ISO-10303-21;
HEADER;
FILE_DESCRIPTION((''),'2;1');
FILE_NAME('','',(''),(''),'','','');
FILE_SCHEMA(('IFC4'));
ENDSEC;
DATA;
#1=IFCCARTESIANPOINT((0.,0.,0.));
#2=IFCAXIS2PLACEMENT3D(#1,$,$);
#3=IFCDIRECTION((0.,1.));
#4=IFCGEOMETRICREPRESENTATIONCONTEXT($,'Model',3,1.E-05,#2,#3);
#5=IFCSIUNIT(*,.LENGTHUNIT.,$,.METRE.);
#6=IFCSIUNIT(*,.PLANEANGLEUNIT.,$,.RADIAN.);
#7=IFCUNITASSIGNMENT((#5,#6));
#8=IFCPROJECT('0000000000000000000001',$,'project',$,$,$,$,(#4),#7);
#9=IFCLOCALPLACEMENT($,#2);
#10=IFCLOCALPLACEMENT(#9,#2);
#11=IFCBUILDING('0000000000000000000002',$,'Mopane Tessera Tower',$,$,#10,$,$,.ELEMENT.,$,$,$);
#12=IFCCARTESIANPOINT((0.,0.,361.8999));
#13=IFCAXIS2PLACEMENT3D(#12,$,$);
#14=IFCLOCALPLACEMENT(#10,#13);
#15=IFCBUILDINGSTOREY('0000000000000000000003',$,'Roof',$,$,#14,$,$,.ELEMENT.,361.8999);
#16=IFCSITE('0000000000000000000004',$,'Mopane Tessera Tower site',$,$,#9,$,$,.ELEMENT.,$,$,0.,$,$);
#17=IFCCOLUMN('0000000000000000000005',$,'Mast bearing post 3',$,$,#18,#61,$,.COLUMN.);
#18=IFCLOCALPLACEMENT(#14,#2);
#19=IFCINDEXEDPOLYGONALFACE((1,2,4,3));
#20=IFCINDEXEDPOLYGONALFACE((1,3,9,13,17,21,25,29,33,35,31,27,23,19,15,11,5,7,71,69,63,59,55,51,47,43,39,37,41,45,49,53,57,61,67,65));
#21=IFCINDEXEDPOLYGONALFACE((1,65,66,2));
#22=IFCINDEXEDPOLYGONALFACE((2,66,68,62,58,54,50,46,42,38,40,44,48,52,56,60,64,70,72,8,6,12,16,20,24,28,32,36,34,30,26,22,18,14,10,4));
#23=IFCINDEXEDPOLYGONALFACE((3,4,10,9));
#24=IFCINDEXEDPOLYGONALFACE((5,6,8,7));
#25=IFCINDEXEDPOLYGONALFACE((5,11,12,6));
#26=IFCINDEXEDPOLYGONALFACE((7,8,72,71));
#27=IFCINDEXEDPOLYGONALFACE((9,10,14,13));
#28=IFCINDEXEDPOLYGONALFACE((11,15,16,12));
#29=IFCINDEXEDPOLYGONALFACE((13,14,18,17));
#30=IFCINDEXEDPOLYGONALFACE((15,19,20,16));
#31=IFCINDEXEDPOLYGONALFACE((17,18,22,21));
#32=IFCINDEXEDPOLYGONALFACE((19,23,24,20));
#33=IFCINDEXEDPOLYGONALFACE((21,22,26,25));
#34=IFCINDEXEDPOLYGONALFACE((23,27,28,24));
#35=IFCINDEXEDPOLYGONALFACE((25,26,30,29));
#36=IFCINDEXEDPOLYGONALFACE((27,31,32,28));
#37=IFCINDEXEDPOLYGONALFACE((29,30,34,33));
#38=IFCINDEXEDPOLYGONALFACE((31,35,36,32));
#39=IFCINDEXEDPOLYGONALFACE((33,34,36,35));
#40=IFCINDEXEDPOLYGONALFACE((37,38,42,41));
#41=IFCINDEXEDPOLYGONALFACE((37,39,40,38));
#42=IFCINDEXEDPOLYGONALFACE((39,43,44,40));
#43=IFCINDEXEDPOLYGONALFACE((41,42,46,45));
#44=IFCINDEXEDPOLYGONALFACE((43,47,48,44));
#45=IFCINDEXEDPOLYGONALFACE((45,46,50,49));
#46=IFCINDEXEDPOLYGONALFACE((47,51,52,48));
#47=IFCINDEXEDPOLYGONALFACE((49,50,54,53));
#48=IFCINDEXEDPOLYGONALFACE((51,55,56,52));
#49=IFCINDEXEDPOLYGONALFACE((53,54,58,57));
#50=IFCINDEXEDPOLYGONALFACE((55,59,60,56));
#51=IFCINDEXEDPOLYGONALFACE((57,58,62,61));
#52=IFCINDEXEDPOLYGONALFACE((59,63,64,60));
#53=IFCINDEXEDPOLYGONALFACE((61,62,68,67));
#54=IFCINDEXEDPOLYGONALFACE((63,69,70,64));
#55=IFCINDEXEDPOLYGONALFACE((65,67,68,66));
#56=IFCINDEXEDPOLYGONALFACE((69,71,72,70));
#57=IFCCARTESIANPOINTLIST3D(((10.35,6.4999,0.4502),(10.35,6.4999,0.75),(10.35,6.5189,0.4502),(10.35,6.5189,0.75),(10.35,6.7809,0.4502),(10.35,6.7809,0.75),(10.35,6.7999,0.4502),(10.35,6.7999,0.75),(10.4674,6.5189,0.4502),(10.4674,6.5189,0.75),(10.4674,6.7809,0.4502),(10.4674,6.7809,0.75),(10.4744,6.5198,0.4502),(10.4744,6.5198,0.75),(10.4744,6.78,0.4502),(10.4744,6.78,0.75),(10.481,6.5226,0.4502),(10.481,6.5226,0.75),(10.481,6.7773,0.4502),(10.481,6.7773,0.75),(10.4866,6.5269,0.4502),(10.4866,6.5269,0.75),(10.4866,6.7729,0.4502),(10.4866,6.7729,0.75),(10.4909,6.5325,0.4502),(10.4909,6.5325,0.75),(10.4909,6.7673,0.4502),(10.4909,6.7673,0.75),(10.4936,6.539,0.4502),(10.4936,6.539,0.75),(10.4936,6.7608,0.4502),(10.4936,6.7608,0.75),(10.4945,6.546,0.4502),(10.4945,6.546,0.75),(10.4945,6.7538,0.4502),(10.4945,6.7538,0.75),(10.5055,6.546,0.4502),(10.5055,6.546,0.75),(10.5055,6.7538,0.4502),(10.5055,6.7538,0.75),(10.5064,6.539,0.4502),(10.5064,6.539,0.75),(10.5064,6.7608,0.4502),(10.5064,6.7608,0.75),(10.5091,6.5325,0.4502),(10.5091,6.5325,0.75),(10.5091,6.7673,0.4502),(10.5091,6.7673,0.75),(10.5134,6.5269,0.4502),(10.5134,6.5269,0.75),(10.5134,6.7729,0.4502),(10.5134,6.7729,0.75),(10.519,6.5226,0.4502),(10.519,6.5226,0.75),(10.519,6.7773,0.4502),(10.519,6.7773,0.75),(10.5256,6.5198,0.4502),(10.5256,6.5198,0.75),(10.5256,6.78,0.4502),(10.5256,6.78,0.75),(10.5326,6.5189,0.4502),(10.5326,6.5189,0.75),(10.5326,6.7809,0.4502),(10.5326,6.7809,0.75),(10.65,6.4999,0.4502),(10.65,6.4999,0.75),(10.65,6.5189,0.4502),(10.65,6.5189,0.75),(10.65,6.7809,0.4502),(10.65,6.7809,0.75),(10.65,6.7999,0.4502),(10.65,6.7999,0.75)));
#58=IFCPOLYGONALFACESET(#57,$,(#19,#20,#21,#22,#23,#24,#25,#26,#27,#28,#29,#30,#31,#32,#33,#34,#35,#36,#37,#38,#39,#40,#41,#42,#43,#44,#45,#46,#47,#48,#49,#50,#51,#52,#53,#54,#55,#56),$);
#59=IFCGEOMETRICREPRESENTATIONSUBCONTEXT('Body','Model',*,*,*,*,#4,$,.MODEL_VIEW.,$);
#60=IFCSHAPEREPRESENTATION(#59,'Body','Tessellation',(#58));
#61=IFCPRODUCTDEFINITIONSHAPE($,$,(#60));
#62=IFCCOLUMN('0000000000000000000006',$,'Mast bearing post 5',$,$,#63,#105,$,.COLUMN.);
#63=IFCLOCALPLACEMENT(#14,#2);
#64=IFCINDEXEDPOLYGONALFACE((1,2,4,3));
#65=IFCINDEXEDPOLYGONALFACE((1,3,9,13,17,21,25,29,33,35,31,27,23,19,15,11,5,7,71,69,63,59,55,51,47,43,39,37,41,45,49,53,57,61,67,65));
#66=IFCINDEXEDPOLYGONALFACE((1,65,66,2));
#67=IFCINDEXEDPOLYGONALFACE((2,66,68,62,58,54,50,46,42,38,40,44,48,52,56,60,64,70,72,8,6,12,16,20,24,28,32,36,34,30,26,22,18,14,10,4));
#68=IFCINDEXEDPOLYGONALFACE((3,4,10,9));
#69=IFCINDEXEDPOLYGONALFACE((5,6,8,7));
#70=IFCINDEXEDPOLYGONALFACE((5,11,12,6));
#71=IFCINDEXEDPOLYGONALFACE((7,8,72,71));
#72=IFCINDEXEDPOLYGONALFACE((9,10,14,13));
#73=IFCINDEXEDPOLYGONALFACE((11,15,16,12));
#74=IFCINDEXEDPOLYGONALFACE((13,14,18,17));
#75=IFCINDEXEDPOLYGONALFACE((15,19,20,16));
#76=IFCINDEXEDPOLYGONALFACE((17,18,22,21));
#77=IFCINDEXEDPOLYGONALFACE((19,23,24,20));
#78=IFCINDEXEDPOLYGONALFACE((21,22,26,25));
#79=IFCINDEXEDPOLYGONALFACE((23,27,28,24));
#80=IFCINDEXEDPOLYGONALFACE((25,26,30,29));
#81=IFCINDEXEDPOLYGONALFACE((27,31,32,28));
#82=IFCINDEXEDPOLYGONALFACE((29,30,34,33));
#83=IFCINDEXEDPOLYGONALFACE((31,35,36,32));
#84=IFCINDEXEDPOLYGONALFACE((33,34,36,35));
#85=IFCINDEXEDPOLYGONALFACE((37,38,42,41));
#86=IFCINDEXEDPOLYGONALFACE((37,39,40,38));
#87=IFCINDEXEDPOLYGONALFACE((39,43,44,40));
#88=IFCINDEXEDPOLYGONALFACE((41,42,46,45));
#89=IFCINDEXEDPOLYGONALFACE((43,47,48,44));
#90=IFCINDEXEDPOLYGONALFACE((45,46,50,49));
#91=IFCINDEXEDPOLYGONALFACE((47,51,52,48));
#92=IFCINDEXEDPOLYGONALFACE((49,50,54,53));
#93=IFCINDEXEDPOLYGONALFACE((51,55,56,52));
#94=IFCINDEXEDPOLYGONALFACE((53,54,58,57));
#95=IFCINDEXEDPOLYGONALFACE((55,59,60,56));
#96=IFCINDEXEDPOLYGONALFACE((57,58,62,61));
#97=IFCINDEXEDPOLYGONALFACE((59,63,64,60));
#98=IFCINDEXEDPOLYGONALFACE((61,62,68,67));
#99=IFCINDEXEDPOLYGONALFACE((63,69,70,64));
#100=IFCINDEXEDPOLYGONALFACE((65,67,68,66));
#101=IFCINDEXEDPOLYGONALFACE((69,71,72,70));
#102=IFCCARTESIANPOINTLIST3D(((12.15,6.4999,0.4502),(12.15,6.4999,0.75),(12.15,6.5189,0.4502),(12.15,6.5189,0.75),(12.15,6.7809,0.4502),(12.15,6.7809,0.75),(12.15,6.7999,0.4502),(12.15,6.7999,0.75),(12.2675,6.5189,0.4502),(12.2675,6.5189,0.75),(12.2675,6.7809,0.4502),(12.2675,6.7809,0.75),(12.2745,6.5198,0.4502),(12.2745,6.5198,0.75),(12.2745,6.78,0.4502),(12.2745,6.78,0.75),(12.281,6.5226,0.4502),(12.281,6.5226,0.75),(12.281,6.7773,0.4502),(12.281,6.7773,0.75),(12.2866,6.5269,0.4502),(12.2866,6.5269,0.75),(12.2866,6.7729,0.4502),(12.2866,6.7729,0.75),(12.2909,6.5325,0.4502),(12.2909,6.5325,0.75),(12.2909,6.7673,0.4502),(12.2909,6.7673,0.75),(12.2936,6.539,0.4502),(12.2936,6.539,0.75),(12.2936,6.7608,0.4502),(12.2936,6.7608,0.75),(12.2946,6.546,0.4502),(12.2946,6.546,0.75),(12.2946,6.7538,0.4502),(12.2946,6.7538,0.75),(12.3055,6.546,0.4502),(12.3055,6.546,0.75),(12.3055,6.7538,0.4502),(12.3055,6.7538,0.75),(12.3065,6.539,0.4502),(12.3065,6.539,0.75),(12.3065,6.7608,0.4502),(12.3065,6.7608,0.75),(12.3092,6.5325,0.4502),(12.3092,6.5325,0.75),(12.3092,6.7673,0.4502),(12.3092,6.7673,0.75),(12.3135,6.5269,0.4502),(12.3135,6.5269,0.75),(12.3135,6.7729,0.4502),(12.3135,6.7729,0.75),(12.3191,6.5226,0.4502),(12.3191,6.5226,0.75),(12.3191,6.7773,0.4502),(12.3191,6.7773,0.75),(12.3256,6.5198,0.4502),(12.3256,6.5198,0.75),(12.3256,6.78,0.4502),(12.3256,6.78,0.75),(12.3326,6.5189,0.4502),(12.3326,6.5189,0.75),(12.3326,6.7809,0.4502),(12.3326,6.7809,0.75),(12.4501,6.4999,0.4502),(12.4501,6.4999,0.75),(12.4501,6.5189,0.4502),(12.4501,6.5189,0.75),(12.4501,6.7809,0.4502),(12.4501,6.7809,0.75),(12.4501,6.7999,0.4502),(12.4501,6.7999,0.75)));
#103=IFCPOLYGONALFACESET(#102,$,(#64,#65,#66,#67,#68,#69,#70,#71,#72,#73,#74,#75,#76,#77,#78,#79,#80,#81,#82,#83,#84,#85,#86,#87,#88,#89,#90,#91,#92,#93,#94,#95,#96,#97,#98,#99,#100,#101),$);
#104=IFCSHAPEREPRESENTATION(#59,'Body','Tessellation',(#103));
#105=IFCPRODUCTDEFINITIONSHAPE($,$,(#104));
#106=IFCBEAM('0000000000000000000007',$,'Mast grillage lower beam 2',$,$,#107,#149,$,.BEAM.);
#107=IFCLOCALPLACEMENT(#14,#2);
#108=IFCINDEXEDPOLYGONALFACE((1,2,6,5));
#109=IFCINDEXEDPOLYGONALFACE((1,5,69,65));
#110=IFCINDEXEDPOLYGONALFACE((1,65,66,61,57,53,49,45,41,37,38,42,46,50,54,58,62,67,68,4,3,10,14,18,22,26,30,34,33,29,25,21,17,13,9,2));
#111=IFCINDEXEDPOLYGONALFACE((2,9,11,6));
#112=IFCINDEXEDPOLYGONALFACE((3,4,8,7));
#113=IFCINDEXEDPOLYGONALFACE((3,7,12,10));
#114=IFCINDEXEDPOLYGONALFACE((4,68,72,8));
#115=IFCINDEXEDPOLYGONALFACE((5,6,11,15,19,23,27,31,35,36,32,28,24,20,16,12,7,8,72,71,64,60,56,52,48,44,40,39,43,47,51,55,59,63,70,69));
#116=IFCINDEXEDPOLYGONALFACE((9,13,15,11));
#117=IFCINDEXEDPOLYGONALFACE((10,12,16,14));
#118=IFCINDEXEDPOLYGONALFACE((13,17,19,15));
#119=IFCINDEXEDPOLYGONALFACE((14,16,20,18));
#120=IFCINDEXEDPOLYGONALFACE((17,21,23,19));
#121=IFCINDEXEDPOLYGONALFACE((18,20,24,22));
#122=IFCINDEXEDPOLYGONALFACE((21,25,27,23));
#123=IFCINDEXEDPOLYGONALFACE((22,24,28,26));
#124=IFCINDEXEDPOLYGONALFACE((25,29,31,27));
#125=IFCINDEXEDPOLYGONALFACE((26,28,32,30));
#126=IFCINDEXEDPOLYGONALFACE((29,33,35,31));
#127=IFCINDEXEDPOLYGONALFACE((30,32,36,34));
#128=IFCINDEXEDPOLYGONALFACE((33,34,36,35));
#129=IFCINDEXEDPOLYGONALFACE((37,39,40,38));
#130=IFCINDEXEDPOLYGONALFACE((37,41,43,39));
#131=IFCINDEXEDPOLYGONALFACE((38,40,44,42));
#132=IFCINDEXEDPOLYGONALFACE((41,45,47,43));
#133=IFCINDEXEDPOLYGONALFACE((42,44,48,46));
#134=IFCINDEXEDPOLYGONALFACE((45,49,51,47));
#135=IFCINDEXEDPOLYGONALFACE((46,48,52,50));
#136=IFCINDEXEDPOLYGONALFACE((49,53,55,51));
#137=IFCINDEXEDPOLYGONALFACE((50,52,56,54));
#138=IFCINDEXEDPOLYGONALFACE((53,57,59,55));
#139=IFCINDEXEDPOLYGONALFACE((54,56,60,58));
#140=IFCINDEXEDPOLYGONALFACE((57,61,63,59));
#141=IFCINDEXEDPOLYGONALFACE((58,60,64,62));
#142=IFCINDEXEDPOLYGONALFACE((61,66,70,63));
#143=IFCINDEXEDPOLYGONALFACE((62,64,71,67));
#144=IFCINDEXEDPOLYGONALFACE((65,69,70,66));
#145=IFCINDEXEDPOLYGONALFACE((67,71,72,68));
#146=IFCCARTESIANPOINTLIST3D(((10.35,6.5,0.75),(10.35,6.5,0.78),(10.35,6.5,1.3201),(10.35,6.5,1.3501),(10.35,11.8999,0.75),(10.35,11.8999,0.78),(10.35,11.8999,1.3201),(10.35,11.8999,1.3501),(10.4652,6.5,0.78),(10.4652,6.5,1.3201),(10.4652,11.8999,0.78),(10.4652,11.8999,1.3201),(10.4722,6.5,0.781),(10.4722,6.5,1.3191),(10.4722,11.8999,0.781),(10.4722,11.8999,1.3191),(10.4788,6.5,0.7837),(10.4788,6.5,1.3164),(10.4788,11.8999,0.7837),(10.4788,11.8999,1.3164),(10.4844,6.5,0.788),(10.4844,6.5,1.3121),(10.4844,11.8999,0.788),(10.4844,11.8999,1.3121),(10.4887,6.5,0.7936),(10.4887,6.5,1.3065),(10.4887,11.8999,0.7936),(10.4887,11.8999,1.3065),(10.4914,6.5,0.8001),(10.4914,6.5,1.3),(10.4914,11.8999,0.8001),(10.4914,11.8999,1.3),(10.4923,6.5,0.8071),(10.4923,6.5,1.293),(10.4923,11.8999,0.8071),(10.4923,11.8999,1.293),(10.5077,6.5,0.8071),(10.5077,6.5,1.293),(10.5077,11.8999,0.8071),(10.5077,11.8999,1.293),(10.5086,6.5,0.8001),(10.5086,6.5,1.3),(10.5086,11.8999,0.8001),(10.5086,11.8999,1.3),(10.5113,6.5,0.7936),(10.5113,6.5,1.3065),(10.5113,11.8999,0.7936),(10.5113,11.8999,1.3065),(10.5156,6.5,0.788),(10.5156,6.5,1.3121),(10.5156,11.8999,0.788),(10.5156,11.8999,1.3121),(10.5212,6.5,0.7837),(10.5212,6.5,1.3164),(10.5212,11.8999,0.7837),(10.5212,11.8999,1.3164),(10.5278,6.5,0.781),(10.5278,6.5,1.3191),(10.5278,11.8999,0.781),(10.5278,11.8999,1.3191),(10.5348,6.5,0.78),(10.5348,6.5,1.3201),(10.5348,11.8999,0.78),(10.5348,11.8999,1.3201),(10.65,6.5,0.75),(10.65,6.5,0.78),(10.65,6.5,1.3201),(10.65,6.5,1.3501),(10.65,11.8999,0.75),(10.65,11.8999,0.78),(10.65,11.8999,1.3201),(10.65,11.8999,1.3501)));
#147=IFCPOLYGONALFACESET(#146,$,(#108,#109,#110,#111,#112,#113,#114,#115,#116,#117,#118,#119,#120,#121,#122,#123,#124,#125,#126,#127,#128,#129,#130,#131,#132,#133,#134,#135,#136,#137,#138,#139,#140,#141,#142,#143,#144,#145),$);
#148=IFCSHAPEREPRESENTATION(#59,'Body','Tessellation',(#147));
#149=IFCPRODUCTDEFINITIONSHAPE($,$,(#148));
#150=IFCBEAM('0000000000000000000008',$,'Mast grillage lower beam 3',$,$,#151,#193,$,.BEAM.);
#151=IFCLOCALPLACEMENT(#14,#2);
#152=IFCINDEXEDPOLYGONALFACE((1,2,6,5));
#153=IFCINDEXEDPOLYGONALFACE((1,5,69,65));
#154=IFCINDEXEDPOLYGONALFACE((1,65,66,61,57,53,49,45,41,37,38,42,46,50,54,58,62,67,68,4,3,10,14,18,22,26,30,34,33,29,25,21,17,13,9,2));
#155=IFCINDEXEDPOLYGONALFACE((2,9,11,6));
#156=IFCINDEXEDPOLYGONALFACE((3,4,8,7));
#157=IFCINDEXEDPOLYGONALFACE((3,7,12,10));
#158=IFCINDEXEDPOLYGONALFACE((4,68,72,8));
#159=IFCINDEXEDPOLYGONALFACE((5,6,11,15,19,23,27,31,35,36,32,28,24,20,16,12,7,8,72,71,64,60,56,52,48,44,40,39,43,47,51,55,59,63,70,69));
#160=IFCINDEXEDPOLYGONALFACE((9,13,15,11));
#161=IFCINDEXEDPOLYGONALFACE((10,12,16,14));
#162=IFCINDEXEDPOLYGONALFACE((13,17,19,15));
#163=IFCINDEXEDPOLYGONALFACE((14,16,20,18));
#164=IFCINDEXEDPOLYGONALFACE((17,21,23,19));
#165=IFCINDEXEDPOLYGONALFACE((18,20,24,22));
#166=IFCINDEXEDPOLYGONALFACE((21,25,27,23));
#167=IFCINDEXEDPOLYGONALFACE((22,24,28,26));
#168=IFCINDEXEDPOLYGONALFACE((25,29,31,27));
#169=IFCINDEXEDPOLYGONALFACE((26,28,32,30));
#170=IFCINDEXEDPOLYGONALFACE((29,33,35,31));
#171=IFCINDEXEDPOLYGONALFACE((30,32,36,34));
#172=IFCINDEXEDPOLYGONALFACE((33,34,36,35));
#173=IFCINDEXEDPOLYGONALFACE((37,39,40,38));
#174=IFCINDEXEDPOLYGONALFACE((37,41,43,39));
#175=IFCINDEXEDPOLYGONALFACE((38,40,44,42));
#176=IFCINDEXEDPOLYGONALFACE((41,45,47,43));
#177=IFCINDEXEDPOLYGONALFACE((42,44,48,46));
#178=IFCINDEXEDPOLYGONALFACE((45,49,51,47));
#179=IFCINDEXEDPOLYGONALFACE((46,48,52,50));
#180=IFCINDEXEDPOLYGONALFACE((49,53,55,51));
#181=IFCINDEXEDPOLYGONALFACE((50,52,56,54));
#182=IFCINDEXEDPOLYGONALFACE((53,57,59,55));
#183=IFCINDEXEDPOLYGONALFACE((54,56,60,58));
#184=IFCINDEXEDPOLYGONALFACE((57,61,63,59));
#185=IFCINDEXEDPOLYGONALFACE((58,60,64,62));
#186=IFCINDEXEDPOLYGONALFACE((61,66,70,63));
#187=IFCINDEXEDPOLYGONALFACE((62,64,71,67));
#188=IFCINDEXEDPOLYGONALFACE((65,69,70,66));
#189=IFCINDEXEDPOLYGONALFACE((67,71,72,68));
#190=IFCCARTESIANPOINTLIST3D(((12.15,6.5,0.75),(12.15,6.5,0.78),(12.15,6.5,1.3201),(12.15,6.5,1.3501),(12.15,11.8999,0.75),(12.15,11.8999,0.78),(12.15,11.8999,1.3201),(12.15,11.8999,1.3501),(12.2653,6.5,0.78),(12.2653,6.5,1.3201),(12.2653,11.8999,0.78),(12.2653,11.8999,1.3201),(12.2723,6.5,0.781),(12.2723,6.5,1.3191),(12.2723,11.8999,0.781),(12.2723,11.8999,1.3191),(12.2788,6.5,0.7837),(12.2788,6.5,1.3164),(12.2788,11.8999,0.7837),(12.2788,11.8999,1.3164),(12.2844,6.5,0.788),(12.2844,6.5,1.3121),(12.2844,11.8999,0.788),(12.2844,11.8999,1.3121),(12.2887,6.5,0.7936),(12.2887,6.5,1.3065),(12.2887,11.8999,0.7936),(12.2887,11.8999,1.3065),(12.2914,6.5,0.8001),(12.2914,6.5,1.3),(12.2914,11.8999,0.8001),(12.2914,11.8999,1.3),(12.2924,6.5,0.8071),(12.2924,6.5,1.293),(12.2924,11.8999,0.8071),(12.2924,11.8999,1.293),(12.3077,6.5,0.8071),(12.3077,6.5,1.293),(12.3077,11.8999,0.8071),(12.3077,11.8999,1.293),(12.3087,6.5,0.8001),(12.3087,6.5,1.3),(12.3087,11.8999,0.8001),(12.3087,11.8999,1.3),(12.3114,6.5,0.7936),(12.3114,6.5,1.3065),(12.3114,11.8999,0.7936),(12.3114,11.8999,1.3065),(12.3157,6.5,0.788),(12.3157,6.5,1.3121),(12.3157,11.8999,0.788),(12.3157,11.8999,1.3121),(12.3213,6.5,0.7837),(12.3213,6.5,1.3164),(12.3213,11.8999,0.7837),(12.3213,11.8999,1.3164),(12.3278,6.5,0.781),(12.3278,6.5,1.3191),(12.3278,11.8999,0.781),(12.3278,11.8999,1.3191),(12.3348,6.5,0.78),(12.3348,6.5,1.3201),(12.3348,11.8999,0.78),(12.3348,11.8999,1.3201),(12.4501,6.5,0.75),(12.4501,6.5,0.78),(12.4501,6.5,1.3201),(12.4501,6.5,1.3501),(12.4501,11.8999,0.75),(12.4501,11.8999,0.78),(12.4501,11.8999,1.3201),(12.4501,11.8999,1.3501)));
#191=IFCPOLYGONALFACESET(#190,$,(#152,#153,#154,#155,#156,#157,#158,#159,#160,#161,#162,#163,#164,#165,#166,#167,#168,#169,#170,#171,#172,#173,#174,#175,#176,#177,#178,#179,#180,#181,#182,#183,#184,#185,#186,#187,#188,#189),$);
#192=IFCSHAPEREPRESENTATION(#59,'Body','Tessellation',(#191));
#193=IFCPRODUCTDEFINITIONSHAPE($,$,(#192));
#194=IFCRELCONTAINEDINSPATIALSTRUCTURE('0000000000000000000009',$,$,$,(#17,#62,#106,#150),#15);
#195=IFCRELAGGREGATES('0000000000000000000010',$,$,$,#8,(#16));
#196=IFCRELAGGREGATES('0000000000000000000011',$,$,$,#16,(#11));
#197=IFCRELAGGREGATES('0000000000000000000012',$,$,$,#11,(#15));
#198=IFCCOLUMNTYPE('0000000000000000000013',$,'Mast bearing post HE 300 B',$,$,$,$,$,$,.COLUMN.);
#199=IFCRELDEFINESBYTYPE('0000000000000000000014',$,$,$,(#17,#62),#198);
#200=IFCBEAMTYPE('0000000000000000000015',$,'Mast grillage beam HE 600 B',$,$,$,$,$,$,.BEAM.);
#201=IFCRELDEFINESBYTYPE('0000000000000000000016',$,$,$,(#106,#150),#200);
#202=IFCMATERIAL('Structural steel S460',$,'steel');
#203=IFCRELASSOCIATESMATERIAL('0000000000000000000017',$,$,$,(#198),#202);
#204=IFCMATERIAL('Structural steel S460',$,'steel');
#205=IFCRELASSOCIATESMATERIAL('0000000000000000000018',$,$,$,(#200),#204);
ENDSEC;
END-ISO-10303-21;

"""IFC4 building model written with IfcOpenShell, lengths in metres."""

from ifc_helpers import new_model, si_unit, direction, frame, origin, origin_2d, place, context, subcontext, project, spatial, i_section, extrude, material, material_profile, profile_set, type_object, element, save


model = new_model("IFC4")

# Units and contexts
model_context = context("Model", 3, precision=1e-05, world=origin(), true_north=direction((0.0, 1.0)))
body_context = subcontext(model_context, "Body", "Model", "MODEL_VIEW")
ifc_project = project(units=[si_unit("LENGTHUNIT", "METRE"), si_unit("PLANEANGLEUNIT", "RADIAN")], contexts=[model_context])

# Site, building, storey
site_placement = place(None, origin())
site = spatial("IfcSite", under=ifc_project, at=site_placement, Name="Mopane Tessera Tower site", CompositionType="ELEMENT", RefElevation=0.0)
building_placement = place(site_placement, origin())
building = spatial("IfcBuilding", under=site, at=building_placement, Name="Mopane Tessera Tower", CompositionType="ELEMENT")
storey_placement = place(building_placement, frame((0.0, 0.0, 361.8999)))
storey = spatial("IfcBuildingStorey", under=building, at=storey_placement, Name="Roof", CompositionType="ELEMENT", Elevation=361.8999)

# Columns
ifc_material_1 = material(Name="Structural steel S460", Category="steel")
ifc_material_profile_1 = material_profile(ifc_material_1, i_section(OverallWidth=0.3, OverallDepth=0.3, WebThickness=0.011, FlangeThickness=0.019, FilletRadius=0.0271, at=origin_2d()))
ifc_profile_set_1 = profile_set([ifc_material_profile_1], Name="Structural steel S460")
column_type = type_object("IfcColumnType", Name="Mast bearing post HE 300 B", PredefinedType="COLUMN", material=ifc_profile_set_1)
for number, where, z_axis, x_axis, name in (
    (1, (10.5, 6.6499, 0.4502), (0.0, 0.0, 1.0), (1.0, 0.0, 0.0), "Mast bearing post 3"),
    (2, (12.3, 6.6499, 0.4502), (0.0, 0.0, 1.0), (1.0, 0.0, 0.0), "Mast bearing post 5"),
):
    element("IfcColumn", number, at=place(storey_placement, frame(where, z_axis=z_axis, x_axis=x_axis)), inside=storey, type_object=column_type, Name=name, PredefinedType="COLUMN", context=body_context, shape_type="SweptSolid", body=[
        extrude(i_section(OverallWidth=0.3, OverallDepth=0.3, WebThickness=0.011, FlangeThickness=0.019, FilletRadius=0.0271, at=origin_2d()), origin(), (0.0, 0.0, 1.0), 0.2998),
    ])

# Beams
ifc_material_2 = material(Name="Structural steel S460", Category="steel")
ifc_material_profile_2 = material_profile(ifc_material_2, i_section(OverallWidth=0.3, OverallDepth=0.6001, WebThickness=0.0154, FlangeThickness=0.03, FilletRadius=0.0271, at=origin_2d()))
ifc_profile_set_2 = profile_set([ifc_material_profile_2], Name="Structural steel S460")
beam_type = type_object("IfcBeamType", Name="Mast grillage beam HE 600 B", PredefinedType="BEAM", material=ifc_profile_set_2)
for number, where, z_axis, x_axis, name in (
    (3, (10.5, 6.5, 1.05), (0.0, 1.0, 0.0), (-1.0, 0.0, 0.0), "Mast grillage lower beam 2"),
    (4, (12.3, 6.5, 1.05), (0.0, 1.0, 0.0), (-1.0, 0.0, 0.0), "Mast grillage lower beam 3"),
):
    element("IfcBeam", number, at=place(storey_placement, frame(where, z_axis=z_axis, x_axis=x_axis)), inside=storey, type_object=beam_type, Name=name, PredefinedType="BEAM", context=body_context, shape_type="SweptSolid", body=[
        extrude(i_section(OverallWidth=0.3, OverallDepth=0.6001, WebThickness=0.0154, FlangeThickness=0.03, FilletRadius=0.0271, at=origin_2d()), origin(), (0.0, 0.0, 1.0), 5.3999),
    ])

save(model, "model.ifc")
